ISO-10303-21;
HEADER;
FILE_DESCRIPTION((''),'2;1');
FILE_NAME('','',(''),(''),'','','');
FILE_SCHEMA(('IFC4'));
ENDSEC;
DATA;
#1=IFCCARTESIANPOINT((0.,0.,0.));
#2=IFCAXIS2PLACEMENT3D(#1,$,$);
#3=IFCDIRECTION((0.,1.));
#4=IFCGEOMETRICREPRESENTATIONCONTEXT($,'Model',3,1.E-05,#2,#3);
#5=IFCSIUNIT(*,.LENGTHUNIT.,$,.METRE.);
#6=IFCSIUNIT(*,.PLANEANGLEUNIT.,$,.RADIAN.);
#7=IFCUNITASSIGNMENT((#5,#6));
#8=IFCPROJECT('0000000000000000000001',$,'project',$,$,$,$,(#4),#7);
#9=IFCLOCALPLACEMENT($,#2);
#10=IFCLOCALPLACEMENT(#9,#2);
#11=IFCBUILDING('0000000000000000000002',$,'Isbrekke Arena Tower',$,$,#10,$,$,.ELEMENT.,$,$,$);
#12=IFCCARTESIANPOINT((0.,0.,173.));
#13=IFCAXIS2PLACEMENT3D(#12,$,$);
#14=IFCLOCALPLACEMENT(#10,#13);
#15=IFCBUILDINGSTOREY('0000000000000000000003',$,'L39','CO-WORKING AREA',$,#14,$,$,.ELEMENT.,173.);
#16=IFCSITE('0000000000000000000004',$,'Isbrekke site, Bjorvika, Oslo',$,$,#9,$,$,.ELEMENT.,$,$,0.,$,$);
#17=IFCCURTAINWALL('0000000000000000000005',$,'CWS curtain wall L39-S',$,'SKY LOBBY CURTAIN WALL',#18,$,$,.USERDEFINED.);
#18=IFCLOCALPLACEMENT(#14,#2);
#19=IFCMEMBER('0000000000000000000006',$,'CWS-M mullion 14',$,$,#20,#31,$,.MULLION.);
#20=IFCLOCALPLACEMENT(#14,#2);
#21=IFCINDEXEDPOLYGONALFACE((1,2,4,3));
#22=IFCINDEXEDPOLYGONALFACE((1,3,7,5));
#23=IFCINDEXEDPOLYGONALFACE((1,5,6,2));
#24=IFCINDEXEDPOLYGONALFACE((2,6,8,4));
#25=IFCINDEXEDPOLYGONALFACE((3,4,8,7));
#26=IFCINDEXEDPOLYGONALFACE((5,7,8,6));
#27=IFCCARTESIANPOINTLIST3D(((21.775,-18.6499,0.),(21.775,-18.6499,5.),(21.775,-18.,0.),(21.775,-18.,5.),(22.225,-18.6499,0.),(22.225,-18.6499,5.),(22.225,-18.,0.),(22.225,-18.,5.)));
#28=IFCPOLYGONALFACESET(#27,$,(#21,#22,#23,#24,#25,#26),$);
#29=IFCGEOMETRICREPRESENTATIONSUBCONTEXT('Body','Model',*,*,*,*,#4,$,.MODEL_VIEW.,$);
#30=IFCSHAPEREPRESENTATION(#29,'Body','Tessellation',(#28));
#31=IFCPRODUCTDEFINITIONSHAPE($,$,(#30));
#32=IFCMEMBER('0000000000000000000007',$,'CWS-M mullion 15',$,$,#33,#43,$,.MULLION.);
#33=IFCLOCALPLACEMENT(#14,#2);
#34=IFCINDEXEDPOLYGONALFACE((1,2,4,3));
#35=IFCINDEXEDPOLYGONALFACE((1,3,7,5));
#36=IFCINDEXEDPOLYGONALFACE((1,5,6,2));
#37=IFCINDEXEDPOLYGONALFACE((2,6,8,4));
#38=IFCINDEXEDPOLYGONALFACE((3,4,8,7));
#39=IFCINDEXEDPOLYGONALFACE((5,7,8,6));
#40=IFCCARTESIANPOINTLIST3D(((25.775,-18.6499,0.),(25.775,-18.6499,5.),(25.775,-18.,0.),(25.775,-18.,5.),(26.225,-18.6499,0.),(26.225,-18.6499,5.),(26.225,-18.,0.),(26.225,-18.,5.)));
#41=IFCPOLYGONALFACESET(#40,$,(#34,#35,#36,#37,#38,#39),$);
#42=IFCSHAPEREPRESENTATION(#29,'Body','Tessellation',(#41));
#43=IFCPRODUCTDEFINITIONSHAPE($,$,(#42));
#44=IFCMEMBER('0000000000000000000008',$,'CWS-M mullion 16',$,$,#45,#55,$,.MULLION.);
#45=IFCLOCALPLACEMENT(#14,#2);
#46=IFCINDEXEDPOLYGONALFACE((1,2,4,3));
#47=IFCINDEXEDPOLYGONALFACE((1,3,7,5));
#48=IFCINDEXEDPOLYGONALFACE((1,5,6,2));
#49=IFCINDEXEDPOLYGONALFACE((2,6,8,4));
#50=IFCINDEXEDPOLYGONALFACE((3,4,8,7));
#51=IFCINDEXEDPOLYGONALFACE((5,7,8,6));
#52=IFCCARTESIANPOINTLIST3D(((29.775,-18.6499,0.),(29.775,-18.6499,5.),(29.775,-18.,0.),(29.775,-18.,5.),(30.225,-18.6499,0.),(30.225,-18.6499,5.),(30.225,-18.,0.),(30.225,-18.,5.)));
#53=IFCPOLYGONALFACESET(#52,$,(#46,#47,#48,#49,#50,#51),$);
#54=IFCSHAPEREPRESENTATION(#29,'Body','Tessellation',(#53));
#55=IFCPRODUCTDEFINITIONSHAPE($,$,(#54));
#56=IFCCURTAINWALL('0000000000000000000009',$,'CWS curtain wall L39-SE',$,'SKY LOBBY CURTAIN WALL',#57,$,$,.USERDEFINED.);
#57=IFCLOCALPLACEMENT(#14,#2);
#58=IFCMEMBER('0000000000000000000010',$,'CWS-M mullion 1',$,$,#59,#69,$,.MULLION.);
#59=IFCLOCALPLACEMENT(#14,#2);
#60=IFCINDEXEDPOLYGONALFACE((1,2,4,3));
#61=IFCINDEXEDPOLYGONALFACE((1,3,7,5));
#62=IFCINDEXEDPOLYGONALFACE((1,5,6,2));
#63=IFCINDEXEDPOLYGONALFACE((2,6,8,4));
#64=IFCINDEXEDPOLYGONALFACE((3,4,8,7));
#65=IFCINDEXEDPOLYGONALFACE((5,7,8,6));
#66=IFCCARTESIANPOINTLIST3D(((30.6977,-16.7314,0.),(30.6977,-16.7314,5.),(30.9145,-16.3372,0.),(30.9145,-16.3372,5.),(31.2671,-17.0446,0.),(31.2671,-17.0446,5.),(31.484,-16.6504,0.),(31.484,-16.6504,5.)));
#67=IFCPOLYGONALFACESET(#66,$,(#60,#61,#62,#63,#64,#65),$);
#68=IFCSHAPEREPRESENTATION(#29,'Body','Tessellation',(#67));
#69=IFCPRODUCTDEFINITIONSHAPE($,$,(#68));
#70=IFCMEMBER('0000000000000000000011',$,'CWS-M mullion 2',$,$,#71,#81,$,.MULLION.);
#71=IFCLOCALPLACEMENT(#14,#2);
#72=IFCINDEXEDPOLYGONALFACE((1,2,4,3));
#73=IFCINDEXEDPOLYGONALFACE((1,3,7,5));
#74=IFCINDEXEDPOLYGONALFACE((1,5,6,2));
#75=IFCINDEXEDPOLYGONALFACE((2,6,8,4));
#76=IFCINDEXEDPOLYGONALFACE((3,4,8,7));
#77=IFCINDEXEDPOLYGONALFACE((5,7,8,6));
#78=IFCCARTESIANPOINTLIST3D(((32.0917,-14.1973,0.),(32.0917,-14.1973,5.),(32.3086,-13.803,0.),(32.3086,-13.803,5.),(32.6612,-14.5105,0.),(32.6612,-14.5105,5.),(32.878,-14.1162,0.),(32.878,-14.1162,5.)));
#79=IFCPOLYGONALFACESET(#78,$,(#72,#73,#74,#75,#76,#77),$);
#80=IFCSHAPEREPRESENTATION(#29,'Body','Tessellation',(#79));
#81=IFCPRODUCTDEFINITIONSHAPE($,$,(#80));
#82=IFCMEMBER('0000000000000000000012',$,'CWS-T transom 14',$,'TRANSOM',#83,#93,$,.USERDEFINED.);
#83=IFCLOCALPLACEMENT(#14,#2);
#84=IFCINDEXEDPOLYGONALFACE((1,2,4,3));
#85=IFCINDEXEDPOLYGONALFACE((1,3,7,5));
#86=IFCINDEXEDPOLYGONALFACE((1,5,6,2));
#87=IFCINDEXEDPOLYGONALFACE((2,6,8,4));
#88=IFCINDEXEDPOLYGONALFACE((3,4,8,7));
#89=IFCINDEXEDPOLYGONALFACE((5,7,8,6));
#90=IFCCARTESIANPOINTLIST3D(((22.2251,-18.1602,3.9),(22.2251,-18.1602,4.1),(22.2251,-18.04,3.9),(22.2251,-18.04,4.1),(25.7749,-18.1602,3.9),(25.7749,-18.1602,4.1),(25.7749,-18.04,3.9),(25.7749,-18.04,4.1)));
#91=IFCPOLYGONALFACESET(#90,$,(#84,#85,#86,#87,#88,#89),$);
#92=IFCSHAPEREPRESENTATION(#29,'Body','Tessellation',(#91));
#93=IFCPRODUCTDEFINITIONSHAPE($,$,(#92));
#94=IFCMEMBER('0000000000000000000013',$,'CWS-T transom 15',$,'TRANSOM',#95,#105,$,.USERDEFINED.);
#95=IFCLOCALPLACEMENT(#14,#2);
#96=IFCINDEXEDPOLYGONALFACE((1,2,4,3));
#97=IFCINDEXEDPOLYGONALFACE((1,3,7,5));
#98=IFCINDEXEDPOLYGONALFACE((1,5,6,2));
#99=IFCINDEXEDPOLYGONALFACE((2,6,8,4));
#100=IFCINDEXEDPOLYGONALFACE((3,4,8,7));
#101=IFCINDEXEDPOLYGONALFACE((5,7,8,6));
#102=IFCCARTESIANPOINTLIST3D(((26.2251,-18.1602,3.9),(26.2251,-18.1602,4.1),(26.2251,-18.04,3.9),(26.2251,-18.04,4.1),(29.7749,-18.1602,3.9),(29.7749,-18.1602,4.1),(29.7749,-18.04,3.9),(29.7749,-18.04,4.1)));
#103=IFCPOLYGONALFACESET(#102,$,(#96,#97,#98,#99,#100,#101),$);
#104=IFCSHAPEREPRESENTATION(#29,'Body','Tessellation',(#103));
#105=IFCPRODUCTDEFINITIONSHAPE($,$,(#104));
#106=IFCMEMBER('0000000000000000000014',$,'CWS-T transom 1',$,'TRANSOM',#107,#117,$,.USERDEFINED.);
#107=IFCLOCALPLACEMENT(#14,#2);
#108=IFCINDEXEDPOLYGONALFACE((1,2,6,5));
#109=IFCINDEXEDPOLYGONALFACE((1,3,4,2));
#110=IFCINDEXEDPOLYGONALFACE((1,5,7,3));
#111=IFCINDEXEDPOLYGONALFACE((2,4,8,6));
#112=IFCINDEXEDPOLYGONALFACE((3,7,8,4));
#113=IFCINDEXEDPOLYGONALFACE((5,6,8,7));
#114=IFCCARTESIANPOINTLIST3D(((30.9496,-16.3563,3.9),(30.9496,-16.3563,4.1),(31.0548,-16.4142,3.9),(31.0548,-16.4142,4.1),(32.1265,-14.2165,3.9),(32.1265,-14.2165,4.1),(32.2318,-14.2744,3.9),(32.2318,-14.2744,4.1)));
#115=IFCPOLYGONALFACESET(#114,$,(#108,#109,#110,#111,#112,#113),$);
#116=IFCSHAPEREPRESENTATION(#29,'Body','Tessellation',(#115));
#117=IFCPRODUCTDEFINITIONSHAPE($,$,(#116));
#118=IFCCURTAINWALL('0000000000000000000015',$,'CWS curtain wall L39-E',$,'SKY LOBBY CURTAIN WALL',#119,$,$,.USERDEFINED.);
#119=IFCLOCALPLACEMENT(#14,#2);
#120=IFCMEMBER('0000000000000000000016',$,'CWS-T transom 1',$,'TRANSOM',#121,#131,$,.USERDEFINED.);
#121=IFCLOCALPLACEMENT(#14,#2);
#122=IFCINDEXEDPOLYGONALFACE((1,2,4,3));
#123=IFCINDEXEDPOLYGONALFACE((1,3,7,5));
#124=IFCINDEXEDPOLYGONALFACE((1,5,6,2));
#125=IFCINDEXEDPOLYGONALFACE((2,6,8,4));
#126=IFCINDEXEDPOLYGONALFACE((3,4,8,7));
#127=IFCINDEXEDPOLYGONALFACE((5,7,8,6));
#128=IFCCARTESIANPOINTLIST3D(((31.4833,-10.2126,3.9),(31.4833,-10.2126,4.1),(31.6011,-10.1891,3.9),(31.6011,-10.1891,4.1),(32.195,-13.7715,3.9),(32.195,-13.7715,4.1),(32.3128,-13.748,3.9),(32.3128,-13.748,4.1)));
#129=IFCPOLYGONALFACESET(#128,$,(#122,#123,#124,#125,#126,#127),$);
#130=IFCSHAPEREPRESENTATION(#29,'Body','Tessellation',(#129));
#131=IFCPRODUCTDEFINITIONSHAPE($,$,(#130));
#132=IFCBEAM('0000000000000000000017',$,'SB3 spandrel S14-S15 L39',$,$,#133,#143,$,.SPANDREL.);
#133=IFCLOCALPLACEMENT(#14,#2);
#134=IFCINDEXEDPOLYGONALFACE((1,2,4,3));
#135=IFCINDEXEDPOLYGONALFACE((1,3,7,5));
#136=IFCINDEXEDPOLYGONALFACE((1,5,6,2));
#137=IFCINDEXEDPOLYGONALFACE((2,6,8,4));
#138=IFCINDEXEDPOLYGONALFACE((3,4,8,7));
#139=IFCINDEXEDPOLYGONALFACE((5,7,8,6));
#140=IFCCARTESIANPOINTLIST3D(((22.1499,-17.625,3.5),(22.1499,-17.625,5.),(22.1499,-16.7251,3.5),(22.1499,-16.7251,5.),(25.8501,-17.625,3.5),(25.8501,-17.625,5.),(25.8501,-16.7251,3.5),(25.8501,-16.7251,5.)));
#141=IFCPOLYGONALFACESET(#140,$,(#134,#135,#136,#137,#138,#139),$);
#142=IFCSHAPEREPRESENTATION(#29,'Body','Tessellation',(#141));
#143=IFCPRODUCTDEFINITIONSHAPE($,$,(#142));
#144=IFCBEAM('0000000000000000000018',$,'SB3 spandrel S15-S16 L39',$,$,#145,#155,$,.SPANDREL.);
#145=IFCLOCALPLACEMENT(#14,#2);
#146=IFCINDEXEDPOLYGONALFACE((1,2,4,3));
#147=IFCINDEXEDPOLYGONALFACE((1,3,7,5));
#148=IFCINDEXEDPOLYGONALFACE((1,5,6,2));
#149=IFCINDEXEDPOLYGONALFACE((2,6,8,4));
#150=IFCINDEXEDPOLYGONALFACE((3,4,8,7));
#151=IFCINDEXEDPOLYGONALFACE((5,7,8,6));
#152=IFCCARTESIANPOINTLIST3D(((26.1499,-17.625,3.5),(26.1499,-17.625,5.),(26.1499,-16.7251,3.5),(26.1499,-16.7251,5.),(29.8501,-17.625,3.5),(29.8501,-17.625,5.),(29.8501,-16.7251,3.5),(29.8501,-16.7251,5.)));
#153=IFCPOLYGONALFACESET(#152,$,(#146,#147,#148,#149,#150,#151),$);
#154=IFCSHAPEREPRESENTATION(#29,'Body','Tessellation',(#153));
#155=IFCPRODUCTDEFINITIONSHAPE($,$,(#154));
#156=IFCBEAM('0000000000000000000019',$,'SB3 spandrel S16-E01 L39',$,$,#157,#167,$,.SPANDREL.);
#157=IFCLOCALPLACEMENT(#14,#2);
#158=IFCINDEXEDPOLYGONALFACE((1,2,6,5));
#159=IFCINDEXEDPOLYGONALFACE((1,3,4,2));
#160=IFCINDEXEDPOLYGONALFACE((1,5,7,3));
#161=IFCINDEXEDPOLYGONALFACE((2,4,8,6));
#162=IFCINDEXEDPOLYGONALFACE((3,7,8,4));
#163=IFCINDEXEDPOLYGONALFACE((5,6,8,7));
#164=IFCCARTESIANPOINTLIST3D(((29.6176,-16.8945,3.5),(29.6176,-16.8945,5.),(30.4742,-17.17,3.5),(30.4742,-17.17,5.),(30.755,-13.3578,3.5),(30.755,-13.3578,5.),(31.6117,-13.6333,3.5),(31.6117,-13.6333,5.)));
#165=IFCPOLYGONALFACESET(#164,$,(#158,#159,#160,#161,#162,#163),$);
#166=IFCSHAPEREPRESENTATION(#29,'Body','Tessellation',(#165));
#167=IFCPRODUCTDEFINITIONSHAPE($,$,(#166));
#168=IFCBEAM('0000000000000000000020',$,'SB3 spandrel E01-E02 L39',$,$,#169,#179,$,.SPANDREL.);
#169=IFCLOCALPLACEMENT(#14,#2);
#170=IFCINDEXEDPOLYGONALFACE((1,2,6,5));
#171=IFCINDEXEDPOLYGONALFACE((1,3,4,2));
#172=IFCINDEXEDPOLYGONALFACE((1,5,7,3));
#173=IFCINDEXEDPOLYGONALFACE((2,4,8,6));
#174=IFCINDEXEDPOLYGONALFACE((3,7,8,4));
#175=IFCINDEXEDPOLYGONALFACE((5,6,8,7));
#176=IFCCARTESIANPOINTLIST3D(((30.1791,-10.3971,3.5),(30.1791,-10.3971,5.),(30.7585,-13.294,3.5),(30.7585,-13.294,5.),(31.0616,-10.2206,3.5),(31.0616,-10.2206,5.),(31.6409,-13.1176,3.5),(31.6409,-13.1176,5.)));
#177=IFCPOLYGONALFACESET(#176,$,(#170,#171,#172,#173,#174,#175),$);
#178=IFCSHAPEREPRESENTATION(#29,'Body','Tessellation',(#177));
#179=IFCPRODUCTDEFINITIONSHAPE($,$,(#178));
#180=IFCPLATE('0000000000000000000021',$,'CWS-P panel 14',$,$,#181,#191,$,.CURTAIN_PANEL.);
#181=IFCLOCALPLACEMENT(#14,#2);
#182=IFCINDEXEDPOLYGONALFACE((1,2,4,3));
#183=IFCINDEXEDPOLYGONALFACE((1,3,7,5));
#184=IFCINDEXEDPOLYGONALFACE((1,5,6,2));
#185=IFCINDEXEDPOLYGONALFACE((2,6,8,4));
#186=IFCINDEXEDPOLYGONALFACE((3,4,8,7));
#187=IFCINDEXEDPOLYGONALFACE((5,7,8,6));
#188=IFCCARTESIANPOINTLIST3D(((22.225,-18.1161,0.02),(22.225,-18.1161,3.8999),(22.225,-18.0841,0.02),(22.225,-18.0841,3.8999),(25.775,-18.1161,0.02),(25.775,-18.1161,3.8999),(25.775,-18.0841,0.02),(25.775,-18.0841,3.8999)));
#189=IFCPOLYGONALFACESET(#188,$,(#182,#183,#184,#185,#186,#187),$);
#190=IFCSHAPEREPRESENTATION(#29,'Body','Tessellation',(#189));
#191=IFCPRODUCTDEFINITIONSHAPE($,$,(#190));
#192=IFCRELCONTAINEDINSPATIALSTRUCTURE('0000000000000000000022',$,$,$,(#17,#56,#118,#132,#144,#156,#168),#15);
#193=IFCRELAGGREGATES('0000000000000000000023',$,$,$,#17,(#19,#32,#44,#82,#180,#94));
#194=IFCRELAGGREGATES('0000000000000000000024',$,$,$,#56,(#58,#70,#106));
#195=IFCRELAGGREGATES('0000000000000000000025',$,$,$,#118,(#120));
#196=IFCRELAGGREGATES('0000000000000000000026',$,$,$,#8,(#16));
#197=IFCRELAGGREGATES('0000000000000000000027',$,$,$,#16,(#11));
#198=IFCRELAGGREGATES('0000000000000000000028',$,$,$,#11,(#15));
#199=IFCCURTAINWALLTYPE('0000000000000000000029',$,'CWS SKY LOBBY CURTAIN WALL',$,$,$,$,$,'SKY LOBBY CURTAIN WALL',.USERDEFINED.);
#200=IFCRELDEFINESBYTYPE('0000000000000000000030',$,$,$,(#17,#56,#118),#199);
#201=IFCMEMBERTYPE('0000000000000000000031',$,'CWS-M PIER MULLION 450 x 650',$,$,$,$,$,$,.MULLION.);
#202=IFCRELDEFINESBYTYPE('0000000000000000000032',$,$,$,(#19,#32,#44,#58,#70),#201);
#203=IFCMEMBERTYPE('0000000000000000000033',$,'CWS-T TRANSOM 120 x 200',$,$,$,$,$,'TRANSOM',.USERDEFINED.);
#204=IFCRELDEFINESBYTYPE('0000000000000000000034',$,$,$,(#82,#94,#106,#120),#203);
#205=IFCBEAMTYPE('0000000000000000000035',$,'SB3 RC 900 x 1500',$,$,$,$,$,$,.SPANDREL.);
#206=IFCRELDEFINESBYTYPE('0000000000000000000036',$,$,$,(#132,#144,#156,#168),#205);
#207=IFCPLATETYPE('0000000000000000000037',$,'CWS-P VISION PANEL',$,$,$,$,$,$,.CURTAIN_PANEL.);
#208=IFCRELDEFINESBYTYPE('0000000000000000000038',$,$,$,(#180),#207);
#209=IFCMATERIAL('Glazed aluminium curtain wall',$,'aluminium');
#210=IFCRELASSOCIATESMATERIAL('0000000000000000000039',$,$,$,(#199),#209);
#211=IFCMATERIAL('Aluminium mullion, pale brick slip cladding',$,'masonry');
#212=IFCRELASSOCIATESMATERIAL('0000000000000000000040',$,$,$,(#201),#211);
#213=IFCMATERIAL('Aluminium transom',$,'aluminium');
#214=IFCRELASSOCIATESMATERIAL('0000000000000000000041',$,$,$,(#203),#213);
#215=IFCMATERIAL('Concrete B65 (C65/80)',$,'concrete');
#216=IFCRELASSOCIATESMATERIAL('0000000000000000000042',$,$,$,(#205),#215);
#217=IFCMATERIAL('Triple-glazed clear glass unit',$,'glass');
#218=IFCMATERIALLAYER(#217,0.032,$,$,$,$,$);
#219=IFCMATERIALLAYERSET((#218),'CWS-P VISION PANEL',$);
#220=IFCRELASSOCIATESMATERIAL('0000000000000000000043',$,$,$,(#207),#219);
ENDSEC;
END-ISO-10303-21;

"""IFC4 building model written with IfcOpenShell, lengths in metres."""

from ifc_helpers import new_model, si_unit, direction, frame, origin, origin_2d, place, context, subcontext, project, spatial, rectangle, extrude, material, layer, layer_set, material_profile, profile_set, type_object, element, aggregate, save


model = new_model("IFC4")

# Units and contexts
model_context = context("Model", 3, precision=1e-05, world=origin(), true_north=direction((0.0, 1.0)))
body_context = subcontext(model_context, "Body", "Model", "MODEL_VIEW")
ifc_project = project(units=[si_unit("LENGTHUNIT", "METRE"), si_unit("PLANEANGLEUNIT", "RADIAN")], contexts=[model_context])

# Site, building, storey
site_placement = place(None, origin())
site = spatial("IfcSite", under=ifc_project, at=site_placement, Name="Isbrekke site, Bjorvika, Oslo", CompositionType="ELEMENT", RefElevation=0.0)
building_placement = place(site_placement, origin())
building = spatial("IfcBuilding", under=site, at=building_placement, Name="Isbrekke Arena Tower", CompositionType="ELEMENT")
storey_placement = place(building_placement, frame((0.0, 0.0, 173.0)))
storey = spatial("IfcBuildingStorey", under=building, at=storey_placement, Name="L39", Description="CO-WORKING AREA", CompositionType="ELEMENT", Elevation=173.0)

# Curtain walls, members
ifc_material_1 = material(Name="Glazed aluminium curtain wall", Category="aluminium")
curtain_wall_type = type_object("IfcCurtainWallType", Name="CWS SKY LOBBY CURTAIN WALL", ElementType="SKY LOBBY CURTAIN WALL", PredefinedType="USERDEFINED", material=ifc_material_1)
curtain_wall_1_placement = place(storey_placement, origin())
curtain_wall_1 = element("IfcCurtainWall", 1, at=curtain_wall_1_placement, inside=storey, type_object=curtain_wall_type, Name="CWS curtain wall L39-S", ObjectType="SKY LOBBY CURTAIN WALL", PredefinedType="USERDEFINED")
ifc_material_2 = material(Name="Aluminium mullion, pale brick slip cladding", Category="masonry")
ifc_material_profile_1 = material_profile(ifc_material_2, rectangle(XDim=0.45, YDim=0.6499, at=origin_2d()), Name="PIER 450X650")
ifc_profile_set_1 = profile_set([ifc_material_profile_1], Name="Aluminium mullion, pale brick slip cladding")
member_type_1 = type_object("IfcMemberType", Name="CWS-M PIER MULLION 450 x 650", PredefinedType="MULLION", material=ifc_profile_set_1)
member_1_placement = place(storey_placement, frame((22.0, -18.325, 0.0), z_axis=(0.0, 0.0, 1.0), x_axis=(1.0, 0.0, 0.0)))
member_1 = element("IfcMember", 2, at=member_1_placement, type_object=member_type_1, Name="CWS-M mullion 14", PredefinedType="MULLION", context=body_context, shape_type="SweptSolid", body=[
    extrude(rectangle(XDim=0.45, YDim=0.6499, at=origin_2d()), origin(), (0.0, 0.0, 1.0), 5.0),
])
member_2_placement = place(storey_placement, frame((26.0, -18.325, 0.0), z_axis=(0.0, 0.0, 1.0), x_axis=(1.0, 0.0, 0.0)))
member_2 = element("IfcMember", 3, at=member_2_placement, type_object=member_type_1, Name="CWS-M mullion 15", PredefinedType="MULLION", context=body_context, shape_type="SweptSolid", body=[
    extrude(rectangle(XDim=0.45, YDim=0.6499, at=origin_2d()), origin(), (0.0, 0.0, 1.0), 5.0),
])
member_3_placement = place(storey_placement, frame((30.0, -18.325, 0.0), z_axis=(0.0, 0.0, 1.0), x_axis=(1.0, 0.0, 0.0)))
member_3 = element("IfcMember", 4, at=member_3_placement, type_object=member_type_1, Name="CWS-M mullion 16", PredefinedType="MULLION", context=body_context, shape_type="SweptSolid", body=[
    extrude(rectangle(XDim=0.45, YDim=0.6499, at=origin_2d()), origin(), (0.0, 0.0, 1.0), 5.0),
])
curtain_wall_2_placement = place(storey_placement, origin())
curtain_wall_2 = element("IfcCurtainWall", 5, at=curtain_wall_2_placement, inside=storey, type_object=curtain_wall_type, Name="CWS curtain wall L39-SE", ObjectType="SKY LOBBY CURTAIN WALL", PredefinedType="USERDEFINED")
member_4_placement = place(storey_placement, frame((31.0908, -16.6909, 0.0), z_axis=(0.0, 0.0, 1.0), x_axis=(0.481919, 0.876216, 0.0)))
member_4 = element("IfcMember", 6, at=member_4_placement, type_object=member_type_1, Name="CWS-M mullion 1", PredefinedType="MULLION", context=body_context, shape_type="SweptSolid", body=[
    extrude(rectangle(XDim=0.45, YDim=0.6499, at=origin_2d()), origin(), (0.0, 0.0, 1.0), 5.0),
])
member_5_placement = place(storey_placement, frame((32.4849, -14.1567, 0.0), z_axis=(0.0, 0.0, 1.0), x_axis=(0.481919, 0.876216, 0.0)))
member_5 = element("IfcMember", 7, at=member_5_placement, type_object=member_type_1, Name="CWS-M mullion 2", PredefinedType="MULLION", context=body_context, shape_type="SweptSolid", body=[
    extrude(rectangle(XDim=0.45, YDim=0.6499, at=origin_2d()), origin(), (0.0, 0.0, 1.0), 5.0),
])

# Members
ifc_material_3 = material(Name="Aluminium transom", Category="aluminium")
ifc_material_profile_2 = material_profile(ifc_material_3, rectangle(XDim=0.1201, YDim=0.2, at=origin_2d()), Name="TRANSOM 120X200")
ifc_profile_set_2 = profile_set([ifc_material_profile_2], Name="Aluminium transom")
member_type_2 = type_object("IfcMemberType", Name="CWS-T TRANSOM 120 x 200", ElementType="TRANSOM", PredefinedType="USERDEFINED", material=ifc_profile_set_2)
member_6_placement = place(storey_placement, frame((22.2251, -18.1001, 4.0), z_axis=(1.0, 0.0, 0.0), x_axis=(0.0, 1.0, 0.0)))
member_6 = element("IfcMember", 8, at=member_6_placement, type_object=member_type_2, Name="CWS-T transom 14", ObjectType="TRANSOM", PredefinedType="USERDEFINED", context=body_context, shape_type="SweptSolid", body=[
    extrude(rectangle(XDim=0.1201, YDim=0.2, at=origin_2d()), origin(), (0.0, 0.0, 1.0), 3.5498),
])
member_7_placement = place(storey_placement, frame((26.2251, -18.1001, 4.0), z_axis=(1.0, 0.0, 0.0), x_axis=(0.0, 1.0, 0.0)))
member_7 = element("IfcMember", 9, at=member_7_placement, type_object=member_type_2, Name="CWS-T transom 15", ObjectType="TRANSOM", PredefinedType="USERDEFINED", context=body_context, shape_type="SweptSolid", body=[
    extrude(rectangle(XDim=0.1201, YDim=0.2, at=origin_2d()), origin(), (0.0, 0.0, 1.0), 3.5498),
])
member_8_placement = place(storey_placement, frame((31.0022, -16.3853, 4.0), z_axis=(0.481938, 0.876205, 0.0), x_axis=(-0.876205, 0.481938, 0.0)))
member_8 = element("IfcMember", 10, at=member_8_placement, type_object=member_type_2, Name="CWS-T transom 1", ObjectType="TRANSOM", PredefinedType="USERDEFINED", context=body_context, shape_type="SweptSolid", body=[
    extrude(rectangle(XDim=0.1201, YDim=0.2, at=origin_2d()), origin(), (0.0, 0.0, 1.0), 2.4421),
])

# Curtain wall, member
curtain_wall_3_placement = place(storey_placement, origin())
curtain_wall_3 = element("IfcCurtainWall", 11, at=curtain_wall_3_placement, inside=storey, type_object=curtain_wall_type, Name="CWS curtain wall L39-E", ObjectType="SKY LOBBY CURTAIN WALL", PredefinedType="USERDEFINED")
member_9_placement = place(storey_placement, frame((32.2539, -13.7598, 4.0), z_axis=(-0.19609, 0.980586, 0.0), x_axis=(-0.980586, -0.19609, 0.0)))
member_9 = element("IfcMember", 12, at=member_9_placement, type_object=member_type_2, Name="CWS-T transom 1", ObjectType="TRANSOM", PredefinedType="USERDEFINED", context=body_context, shape_type="SweptSolid", body=[
    extrude(rectangle(XDim=0.1201, YDim=0.2, at=origin_2d()), origin(), (0.0, 0.0, 1.0), 3.6294),
])

# Beams
ifc_material_4 = material(Name="Concrete B65 (C65/80)", Category="concrete")
ifc_material_profile_3 = material_profile(ifc_material_4, rectangle(XDim=0.8999, YDim=1.5, at=origin_2d()), Name="RC 900x1500")
ifc_profile_set_3 = profile_set([ifc_material_profile_3], Name="Concrete B65 (C65/80)")
beam_type_1 = type_object("IfcBeamType", Name="SB3 RC 900 x 1500", PredefinedType="SPANDREL", material=ifc_profile_set_3)
for number, where, z_axis, x_axis, name in (
    (13, (22.1499, -17.175, 4.25), (1.0, 0.0, 0.0), (0.0, 1.0, 0.0), "SB3 spandrel S14-S15 L39"),
    (14, (26.1499, -17.175, 4.25), (1.0, 0.0, 0.0), (0.0, 1.0, 0.0), "SB3 spandrel S15-S16 L39"),
):
    element("IfcBeam", number, at=place(storey_placement, frame(where, z_axis=z_axis, x_axis=x_axis)), inside=storey, type_object=beam_type_1, Name=name, PredefinedType="SPANDREL", context=body_context, shape_type="SweptSolid", body=[
        extrude(rectangle(XDim=0.8999, YDim=1.5, at=origin_2d()), origin(), (0.0, 0.0, 1.0), 3.7002),
    ])
beam_1_placement = place(storey_placement, frame((30.0459, -17.0322, 4.25), z_axis=(0.306175, 0.951975, 0.0), x_axis=(-0.951975, 0.306175, 0.0)))
element("IfcBeam", 15, at=beam_1_placement, inside=storey, type_object=beam_type_1, Name="SB3 spandrel S16-E01 L39", PredefinedType="SPANDREL", context=body_context, shape_type="SweptSolid", body=[
    extrude(rectangle(XDim=0.8999, YDim=1.5, at=origin_2d()), origin(), (0.0, 0.0, 1.0), 3.7151),
])
beam_2_placement = place(storey_placement, frame((31.1997, -13.2058, 4.25), z_axis=(-0.1961, 0.980584, 0.0), x_axis=(-0.980584, -0.1961, 0.0)))
element("IfcBeam", 16, at=beam_2_placement, inside=storey, type_object=beam_type_1, Name="SB3 spandrel E01-E02 L39", PredefinedType="SPANDREL", context=body_context, shape_type="SweptSolid", body=[
    extrude(rectangle(XDim=0.8999, YDim=1.5, at=origin_2d()), origin(), (0.0, 0.0, 1.0), 2.9543),
])

# Plate
ifc_material_5 = material(Name="Triple-glazed clear glass unit", Category="glass")
ifc_layer_1 = layer(ifc_material_5, 0.032)
ifc_layer_set_1 = layer_set([ifc_layer_1], Name="CWS-P VISION PANEL")
plate_type = type_object("IfcPlateType", Name="CWS-P VISION PANEL", PredefinedType="CURTAIN_PANEL", material=ifc_layer_set_1)
plate_1_placement = place(storey_placement, frame((24.0, -18.1001, 0.02), z_axis=(0.0, 0.0, 1.0), x_axis=(1.0, 0.0, 0.0)))
plate_1 = element("IfcPlate", 17, at=plate_1_placement, type_object=plate_type, Name="CWS-P panel 14", PredefinedType="CURTAIN_PANEL", context=body_context, shape_type="SweptSolid", body=[
    extrude(rectangle(XDim=3.55, YDim=0.032, at=origin_2d()), origin(), (0.0, 0.0, 1.0), 3.8799),
])
aggregate(curtain_wall_1, [member_1, member_2, member_3, member_6, plate_1, member_7])
aggregate(curtain_wall_2, [member_4, member_5, member_8])
aggregate(curtain_wall_3, [member_9])

save(model, "model.ifc")
